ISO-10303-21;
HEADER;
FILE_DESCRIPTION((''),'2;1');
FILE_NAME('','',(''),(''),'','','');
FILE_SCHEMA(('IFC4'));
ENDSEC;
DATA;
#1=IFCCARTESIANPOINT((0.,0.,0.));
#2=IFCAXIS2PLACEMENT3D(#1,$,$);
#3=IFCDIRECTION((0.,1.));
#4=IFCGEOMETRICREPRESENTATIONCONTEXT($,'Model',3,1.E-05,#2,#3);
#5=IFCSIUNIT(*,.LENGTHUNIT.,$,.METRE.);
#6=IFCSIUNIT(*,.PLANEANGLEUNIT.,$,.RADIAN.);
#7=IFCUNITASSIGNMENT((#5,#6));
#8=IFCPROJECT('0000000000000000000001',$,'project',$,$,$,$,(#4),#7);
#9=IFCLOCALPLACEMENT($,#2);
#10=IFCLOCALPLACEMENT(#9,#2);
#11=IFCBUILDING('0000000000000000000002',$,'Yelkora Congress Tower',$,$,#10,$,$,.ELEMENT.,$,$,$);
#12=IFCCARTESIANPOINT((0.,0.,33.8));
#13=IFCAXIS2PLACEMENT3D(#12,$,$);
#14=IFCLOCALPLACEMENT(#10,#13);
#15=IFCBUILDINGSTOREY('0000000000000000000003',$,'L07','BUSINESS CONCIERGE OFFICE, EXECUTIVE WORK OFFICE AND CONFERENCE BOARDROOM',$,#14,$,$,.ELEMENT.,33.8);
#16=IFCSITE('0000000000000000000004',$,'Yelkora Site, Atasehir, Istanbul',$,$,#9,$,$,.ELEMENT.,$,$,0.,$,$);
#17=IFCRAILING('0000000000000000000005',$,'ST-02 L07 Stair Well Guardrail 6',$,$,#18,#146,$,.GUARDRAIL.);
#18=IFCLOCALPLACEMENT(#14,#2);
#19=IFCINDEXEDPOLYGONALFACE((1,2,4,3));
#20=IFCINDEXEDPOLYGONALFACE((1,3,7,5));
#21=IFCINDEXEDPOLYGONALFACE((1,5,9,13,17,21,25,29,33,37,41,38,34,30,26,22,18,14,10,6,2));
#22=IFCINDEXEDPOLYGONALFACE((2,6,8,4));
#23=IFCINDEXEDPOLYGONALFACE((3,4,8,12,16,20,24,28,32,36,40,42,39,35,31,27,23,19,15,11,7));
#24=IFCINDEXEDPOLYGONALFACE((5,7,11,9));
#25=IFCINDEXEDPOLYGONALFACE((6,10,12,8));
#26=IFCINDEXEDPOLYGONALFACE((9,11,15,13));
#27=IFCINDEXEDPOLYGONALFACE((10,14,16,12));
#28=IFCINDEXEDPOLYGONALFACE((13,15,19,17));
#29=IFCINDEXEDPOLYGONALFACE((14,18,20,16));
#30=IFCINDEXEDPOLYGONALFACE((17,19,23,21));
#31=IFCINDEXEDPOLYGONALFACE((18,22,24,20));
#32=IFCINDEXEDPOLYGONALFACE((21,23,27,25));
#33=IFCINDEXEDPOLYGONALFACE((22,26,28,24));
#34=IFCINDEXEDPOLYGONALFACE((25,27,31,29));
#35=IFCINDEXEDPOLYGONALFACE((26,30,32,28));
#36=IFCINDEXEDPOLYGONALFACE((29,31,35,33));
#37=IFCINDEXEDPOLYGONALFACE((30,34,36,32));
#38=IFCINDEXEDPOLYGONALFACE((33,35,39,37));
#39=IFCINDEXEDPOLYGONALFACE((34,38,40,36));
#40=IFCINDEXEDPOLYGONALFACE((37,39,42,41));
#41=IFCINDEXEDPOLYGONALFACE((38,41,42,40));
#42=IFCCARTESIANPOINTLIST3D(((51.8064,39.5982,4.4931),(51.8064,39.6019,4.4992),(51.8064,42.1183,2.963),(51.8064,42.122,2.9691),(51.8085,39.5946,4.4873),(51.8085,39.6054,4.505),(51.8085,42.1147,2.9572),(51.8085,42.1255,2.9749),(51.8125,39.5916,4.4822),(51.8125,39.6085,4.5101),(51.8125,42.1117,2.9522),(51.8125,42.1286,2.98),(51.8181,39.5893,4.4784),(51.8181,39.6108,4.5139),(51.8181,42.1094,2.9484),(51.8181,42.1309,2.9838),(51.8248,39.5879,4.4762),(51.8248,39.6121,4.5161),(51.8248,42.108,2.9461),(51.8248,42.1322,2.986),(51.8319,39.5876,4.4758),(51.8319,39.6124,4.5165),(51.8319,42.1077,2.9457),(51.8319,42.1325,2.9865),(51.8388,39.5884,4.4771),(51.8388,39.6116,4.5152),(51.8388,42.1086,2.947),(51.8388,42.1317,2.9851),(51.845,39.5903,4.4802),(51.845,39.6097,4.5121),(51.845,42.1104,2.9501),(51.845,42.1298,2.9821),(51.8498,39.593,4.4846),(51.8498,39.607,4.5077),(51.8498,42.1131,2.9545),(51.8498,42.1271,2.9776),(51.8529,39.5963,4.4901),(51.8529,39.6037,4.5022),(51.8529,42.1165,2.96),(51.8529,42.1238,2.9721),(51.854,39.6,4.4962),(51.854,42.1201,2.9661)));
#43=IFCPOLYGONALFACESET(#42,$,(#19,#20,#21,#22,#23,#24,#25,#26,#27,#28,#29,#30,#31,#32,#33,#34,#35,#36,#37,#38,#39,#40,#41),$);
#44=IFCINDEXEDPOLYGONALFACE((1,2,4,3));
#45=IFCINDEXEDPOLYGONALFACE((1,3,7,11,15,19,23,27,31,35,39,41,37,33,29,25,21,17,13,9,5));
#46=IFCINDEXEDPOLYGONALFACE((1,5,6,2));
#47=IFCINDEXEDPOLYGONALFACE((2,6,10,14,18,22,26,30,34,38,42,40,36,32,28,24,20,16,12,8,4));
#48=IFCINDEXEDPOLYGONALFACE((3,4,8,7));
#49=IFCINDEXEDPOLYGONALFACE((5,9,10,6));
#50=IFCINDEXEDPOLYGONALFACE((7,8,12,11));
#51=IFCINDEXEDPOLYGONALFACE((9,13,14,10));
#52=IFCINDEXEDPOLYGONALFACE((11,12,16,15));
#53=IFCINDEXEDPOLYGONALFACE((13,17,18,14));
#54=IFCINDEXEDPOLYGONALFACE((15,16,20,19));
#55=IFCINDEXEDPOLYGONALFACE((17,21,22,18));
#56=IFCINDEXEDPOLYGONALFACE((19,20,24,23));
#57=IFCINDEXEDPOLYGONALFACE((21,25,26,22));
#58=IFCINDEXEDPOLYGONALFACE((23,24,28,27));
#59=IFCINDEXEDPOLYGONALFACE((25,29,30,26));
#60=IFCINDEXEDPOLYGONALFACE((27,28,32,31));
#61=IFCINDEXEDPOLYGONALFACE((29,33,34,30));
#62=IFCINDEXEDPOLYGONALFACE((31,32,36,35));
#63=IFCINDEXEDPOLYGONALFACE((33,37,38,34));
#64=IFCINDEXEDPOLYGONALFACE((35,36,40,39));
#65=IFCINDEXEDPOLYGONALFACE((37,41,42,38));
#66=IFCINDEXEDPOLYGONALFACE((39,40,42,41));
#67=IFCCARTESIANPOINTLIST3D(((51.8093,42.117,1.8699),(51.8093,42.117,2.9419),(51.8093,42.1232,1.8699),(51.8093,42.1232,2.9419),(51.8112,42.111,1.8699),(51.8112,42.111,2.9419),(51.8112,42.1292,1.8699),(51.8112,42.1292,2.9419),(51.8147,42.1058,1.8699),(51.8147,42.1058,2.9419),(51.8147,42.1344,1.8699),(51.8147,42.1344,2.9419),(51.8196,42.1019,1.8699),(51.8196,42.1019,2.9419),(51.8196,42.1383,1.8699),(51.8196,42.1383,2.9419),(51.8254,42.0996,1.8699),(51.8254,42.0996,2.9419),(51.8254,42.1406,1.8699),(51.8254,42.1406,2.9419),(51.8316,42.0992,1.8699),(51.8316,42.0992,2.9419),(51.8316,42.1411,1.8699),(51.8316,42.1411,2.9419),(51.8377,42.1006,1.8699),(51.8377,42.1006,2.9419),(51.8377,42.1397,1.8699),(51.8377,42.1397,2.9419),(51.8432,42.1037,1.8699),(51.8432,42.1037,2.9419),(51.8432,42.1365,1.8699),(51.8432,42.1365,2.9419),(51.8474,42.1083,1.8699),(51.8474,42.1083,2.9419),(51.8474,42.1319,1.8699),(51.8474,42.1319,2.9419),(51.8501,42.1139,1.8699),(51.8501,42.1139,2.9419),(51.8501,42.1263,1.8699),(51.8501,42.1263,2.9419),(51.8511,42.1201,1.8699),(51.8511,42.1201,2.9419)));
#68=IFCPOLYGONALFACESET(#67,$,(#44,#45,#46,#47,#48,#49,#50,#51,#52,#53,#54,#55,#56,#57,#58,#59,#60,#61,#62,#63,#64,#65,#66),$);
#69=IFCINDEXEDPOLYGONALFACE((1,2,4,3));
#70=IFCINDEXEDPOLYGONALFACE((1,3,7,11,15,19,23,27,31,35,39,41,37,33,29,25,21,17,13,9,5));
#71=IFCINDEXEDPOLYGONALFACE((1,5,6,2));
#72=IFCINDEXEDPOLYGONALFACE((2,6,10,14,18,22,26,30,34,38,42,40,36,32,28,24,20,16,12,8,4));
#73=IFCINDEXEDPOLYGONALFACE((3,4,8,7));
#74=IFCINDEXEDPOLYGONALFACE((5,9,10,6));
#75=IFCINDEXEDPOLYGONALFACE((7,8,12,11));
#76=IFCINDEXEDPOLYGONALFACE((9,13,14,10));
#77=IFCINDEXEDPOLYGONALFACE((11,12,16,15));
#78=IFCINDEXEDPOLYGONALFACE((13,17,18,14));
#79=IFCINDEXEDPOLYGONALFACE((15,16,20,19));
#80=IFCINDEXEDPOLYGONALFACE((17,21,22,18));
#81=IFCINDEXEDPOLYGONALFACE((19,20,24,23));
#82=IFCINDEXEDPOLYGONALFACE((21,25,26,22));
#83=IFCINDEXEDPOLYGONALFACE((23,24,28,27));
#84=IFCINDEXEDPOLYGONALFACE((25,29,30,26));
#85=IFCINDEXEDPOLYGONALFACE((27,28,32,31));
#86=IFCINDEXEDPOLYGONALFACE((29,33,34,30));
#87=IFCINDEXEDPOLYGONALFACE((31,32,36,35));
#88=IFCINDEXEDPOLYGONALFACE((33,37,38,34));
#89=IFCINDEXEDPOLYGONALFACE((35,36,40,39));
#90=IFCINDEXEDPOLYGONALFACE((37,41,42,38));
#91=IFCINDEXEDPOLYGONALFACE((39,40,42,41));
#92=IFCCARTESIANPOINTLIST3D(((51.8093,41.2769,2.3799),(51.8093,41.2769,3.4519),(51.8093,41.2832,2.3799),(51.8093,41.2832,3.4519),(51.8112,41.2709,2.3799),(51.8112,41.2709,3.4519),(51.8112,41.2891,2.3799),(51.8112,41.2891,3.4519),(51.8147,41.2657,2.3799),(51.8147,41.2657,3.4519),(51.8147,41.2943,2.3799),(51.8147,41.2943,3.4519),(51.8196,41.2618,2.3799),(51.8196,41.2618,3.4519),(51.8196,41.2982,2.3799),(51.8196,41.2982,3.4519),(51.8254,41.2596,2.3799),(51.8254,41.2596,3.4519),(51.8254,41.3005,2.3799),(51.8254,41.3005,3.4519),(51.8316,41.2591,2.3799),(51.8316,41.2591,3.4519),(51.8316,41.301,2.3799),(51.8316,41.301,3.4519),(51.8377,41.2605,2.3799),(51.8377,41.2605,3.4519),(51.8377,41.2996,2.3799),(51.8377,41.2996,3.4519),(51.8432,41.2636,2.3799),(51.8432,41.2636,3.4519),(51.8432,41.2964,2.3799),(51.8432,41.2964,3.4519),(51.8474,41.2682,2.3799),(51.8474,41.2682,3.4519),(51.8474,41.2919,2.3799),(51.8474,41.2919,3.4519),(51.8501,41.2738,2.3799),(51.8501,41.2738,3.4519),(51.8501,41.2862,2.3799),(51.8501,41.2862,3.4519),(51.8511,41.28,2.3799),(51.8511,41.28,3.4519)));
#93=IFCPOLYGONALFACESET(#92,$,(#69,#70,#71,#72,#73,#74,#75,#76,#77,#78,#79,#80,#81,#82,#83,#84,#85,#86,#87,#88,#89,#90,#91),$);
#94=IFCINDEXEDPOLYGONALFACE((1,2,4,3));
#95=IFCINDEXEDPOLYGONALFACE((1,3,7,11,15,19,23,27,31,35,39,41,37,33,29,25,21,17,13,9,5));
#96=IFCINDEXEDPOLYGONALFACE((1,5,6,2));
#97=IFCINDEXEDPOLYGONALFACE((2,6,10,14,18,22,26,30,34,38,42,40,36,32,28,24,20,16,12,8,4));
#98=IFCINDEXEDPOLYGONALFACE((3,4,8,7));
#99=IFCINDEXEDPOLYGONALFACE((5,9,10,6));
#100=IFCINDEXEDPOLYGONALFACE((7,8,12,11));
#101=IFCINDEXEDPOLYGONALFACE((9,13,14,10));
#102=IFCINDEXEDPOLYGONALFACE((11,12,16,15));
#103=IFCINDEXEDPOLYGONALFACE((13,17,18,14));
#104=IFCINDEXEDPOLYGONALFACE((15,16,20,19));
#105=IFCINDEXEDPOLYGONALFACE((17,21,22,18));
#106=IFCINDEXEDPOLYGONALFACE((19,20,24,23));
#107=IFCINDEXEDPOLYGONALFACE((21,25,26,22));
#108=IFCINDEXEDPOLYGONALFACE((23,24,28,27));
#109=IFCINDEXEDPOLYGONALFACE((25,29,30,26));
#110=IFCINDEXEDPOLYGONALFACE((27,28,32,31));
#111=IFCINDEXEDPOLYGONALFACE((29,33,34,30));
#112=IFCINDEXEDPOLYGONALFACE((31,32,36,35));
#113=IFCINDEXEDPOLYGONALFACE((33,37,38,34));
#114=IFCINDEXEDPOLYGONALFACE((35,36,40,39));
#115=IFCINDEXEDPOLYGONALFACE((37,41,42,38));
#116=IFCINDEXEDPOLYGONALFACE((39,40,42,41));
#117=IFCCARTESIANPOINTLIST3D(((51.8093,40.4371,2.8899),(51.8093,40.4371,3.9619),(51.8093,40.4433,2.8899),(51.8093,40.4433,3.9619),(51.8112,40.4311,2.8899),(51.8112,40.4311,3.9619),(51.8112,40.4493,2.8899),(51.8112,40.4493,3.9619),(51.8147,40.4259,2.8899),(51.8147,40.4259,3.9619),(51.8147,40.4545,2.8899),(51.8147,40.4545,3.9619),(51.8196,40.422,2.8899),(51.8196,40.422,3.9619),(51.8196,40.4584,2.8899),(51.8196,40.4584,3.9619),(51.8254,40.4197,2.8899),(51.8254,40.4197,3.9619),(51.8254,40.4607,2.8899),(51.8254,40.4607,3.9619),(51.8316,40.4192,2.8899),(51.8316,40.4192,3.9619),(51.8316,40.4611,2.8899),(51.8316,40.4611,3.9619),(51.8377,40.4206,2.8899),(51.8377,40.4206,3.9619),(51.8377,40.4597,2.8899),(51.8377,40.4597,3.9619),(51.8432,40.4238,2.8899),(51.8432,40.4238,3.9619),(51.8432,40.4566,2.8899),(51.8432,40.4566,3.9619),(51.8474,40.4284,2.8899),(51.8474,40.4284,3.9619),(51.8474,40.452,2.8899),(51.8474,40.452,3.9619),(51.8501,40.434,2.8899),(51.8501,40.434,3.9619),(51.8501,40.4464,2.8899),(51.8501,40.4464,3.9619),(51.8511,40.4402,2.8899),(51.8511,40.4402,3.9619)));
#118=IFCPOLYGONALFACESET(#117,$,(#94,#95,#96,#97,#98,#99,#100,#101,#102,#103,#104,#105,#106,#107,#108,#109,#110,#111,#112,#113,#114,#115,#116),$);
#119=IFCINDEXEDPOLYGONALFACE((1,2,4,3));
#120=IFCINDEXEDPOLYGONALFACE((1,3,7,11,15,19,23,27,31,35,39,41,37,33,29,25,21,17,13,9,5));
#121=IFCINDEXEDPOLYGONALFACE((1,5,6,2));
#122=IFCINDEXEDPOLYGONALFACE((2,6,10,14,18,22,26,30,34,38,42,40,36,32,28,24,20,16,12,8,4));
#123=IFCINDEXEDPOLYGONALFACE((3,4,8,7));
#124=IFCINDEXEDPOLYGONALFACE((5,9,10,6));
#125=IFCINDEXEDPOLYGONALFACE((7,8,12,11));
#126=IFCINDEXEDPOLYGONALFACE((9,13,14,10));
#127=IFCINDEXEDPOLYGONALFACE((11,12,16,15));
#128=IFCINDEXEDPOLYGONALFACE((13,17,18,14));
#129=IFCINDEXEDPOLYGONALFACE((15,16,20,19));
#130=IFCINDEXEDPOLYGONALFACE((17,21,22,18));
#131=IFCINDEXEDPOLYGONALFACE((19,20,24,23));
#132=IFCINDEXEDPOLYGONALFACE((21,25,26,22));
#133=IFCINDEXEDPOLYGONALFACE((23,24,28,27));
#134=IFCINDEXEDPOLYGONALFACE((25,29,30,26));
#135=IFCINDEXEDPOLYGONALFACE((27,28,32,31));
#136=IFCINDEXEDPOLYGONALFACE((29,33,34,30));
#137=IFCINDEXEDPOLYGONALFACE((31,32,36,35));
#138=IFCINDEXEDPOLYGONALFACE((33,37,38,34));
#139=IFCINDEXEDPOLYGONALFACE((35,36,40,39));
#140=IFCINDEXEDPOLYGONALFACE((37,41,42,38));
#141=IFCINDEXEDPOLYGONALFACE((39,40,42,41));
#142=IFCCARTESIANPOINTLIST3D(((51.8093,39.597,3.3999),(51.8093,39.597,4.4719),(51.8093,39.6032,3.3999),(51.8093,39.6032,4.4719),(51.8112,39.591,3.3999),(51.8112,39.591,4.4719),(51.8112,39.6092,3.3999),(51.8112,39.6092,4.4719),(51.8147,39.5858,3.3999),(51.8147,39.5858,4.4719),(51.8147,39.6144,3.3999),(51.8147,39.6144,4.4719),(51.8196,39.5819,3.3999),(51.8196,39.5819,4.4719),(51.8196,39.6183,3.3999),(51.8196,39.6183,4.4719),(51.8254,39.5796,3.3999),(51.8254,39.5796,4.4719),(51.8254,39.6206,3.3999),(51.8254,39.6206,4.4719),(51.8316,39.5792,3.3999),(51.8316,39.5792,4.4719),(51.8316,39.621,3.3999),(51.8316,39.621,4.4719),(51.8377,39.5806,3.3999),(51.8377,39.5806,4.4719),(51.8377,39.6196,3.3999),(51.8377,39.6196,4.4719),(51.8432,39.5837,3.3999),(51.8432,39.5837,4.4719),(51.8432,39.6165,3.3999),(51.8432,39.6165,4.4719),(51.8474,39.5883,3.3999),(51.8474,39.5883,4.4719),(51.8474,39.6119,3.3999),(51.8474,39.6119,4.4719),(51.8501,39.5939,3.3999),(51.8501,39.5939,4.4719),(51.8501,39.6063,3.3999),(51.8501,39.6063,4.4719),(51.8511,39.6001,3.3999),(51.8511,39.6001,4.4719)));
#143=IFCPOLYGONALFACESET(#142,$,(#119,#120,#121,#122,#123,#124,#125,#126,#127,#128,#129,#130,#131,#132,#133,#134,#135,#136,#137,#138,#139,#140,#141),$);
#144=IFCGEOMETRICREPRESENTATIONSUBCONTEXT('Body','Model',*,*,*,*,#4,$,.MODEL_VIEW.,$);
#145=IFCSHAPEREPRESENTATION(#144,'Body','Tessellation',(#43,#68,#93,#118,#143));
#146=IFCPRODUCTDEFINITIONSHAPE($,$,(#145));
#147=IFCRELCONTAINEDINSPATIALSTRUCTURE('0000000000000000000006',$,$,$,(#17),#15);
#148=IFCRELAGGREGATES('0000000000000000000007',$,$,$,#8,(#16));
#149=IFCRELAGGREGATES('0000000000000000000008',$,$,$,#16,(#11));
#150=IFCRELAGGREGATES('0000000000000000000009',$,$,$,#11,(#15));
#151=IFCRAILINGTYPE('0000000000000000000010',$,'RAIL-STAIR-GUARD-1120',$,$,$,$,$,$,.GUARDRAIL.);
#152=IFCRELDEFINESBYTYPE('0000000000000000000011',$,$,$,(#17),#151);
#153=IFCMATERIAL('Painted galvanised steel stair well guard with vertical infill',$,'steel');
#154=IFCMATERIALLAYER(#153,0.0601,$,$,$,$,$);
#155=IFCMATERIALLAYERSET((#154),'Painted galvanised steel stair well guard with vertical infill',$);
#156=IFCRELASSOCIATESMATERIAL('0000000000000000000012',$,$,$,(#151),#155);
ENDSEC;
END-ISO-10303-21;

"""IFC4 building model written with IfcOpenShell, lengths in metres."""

from ifc_helpers import new_model, si_unit, direction, frame, origin, origin_2d, place, context, subcontext, project, spatial, circle, extrude, material, layer, layer_set, type_object, element, save


model = new_model("IFC4")

# Units and contexts
model_context = context("Model", 3, precision=1e-05, world=origin(), true_north=direction((0.0, 1.0)))
body_context = subcontext(model_context, "Body", "Model", "MODEL_VIEW")
ifc_project = project(units=[si_unit("LENGTHUNIT", "METRE"), si_unit("PLANEANGLEUNIT", "RADIAN")], contexts=[model_context])

# Site, building, storey
site_placement = place(None, origin())
site = spatial("IfcSite", under=ifc_project, at=site_placement, Name="Yelkora Site, Atasehir, Istanbul", CompositionType="ELEMENT", RefElevation=0.0)
building_placement = place(site_placement, origin())
building = spatial("IfcBuilding", under=site, at=building_placement, Name="Yelkora Congress Tower", CompositionType="ELEMENT")
storey_placement = place(building_placement, frame((0.0, 0.0, 33.8)))
storey = spatial("IfcBuildingStorey", under=building, at=storey_placement, Name="L07", Description="BUSINESS CONCIERGE OFFICE, EXECUTIVE WORK OFFICE AND CONFERENCE BOARDROOM", CompositionType="ELEMENT", Elevation=33.8)

# Railing
ifc_material_1 = material(Name="Painted galvanised steel stair well guard with vertical infill", Category="steel")
ifc_layer_1 = layer(ifc_material_1, 0.0601)
ifc_layer_set_1 = layer_set([ifc_layer_1], Name="Painted galvanised steel stair well guard with vertical infill")
railing_type_1 = type_object("IfcRailingType", Name="RAIL-STAIR-GUARD-1120", PredefinedType="GUARDRAIL", material=ifc_layer_set_1)
railing_1_placement = place(storey_placement, frame((51.8301, 42.1201, 1.8699)))
element("IfcRailing", 1, at=railing_1_placement, inside=storey, type_object=railing_type_1, Name="ST-02 L07 Stair Well Guardrail 6", PredefinedType="GUARDRAIL", context=body_context, shape_type="SweptSolid", body=[
    extrude(circle(Radius=0.0239, at=origin_2d()), frame((0.0, 0.0, 1.0962), z_axis=(0.0, -0.854785, 0.518982), x_axis=(1.0, 0.0, 0.0)), (0.0, 0.0, 1.0), 2.9482),
    extrude(circle(Radius=0.021, at=origin_2d()), origin(), (0.0, 0.0, 1.0), 1.072),
    extrude(circle(Radius=0.021, at=origin_2d()), frame((0.0, -0.8401, 0.51)), (0.0, 0.0, 1.0), 1.072),
    extrude(circle(Radius=0.021, at=origin_2d()), frame((0.0, -1.6799, 1.02)), (0.0, 0.0, 1.0), 1.072),
    extrude(circle(Radius=0.021, at=origin_2d()), frame((0.0, -2.52, 1.53)), (0.0, 0.0, 1.0), 1.072),
])

save(model, "model.ifc")
